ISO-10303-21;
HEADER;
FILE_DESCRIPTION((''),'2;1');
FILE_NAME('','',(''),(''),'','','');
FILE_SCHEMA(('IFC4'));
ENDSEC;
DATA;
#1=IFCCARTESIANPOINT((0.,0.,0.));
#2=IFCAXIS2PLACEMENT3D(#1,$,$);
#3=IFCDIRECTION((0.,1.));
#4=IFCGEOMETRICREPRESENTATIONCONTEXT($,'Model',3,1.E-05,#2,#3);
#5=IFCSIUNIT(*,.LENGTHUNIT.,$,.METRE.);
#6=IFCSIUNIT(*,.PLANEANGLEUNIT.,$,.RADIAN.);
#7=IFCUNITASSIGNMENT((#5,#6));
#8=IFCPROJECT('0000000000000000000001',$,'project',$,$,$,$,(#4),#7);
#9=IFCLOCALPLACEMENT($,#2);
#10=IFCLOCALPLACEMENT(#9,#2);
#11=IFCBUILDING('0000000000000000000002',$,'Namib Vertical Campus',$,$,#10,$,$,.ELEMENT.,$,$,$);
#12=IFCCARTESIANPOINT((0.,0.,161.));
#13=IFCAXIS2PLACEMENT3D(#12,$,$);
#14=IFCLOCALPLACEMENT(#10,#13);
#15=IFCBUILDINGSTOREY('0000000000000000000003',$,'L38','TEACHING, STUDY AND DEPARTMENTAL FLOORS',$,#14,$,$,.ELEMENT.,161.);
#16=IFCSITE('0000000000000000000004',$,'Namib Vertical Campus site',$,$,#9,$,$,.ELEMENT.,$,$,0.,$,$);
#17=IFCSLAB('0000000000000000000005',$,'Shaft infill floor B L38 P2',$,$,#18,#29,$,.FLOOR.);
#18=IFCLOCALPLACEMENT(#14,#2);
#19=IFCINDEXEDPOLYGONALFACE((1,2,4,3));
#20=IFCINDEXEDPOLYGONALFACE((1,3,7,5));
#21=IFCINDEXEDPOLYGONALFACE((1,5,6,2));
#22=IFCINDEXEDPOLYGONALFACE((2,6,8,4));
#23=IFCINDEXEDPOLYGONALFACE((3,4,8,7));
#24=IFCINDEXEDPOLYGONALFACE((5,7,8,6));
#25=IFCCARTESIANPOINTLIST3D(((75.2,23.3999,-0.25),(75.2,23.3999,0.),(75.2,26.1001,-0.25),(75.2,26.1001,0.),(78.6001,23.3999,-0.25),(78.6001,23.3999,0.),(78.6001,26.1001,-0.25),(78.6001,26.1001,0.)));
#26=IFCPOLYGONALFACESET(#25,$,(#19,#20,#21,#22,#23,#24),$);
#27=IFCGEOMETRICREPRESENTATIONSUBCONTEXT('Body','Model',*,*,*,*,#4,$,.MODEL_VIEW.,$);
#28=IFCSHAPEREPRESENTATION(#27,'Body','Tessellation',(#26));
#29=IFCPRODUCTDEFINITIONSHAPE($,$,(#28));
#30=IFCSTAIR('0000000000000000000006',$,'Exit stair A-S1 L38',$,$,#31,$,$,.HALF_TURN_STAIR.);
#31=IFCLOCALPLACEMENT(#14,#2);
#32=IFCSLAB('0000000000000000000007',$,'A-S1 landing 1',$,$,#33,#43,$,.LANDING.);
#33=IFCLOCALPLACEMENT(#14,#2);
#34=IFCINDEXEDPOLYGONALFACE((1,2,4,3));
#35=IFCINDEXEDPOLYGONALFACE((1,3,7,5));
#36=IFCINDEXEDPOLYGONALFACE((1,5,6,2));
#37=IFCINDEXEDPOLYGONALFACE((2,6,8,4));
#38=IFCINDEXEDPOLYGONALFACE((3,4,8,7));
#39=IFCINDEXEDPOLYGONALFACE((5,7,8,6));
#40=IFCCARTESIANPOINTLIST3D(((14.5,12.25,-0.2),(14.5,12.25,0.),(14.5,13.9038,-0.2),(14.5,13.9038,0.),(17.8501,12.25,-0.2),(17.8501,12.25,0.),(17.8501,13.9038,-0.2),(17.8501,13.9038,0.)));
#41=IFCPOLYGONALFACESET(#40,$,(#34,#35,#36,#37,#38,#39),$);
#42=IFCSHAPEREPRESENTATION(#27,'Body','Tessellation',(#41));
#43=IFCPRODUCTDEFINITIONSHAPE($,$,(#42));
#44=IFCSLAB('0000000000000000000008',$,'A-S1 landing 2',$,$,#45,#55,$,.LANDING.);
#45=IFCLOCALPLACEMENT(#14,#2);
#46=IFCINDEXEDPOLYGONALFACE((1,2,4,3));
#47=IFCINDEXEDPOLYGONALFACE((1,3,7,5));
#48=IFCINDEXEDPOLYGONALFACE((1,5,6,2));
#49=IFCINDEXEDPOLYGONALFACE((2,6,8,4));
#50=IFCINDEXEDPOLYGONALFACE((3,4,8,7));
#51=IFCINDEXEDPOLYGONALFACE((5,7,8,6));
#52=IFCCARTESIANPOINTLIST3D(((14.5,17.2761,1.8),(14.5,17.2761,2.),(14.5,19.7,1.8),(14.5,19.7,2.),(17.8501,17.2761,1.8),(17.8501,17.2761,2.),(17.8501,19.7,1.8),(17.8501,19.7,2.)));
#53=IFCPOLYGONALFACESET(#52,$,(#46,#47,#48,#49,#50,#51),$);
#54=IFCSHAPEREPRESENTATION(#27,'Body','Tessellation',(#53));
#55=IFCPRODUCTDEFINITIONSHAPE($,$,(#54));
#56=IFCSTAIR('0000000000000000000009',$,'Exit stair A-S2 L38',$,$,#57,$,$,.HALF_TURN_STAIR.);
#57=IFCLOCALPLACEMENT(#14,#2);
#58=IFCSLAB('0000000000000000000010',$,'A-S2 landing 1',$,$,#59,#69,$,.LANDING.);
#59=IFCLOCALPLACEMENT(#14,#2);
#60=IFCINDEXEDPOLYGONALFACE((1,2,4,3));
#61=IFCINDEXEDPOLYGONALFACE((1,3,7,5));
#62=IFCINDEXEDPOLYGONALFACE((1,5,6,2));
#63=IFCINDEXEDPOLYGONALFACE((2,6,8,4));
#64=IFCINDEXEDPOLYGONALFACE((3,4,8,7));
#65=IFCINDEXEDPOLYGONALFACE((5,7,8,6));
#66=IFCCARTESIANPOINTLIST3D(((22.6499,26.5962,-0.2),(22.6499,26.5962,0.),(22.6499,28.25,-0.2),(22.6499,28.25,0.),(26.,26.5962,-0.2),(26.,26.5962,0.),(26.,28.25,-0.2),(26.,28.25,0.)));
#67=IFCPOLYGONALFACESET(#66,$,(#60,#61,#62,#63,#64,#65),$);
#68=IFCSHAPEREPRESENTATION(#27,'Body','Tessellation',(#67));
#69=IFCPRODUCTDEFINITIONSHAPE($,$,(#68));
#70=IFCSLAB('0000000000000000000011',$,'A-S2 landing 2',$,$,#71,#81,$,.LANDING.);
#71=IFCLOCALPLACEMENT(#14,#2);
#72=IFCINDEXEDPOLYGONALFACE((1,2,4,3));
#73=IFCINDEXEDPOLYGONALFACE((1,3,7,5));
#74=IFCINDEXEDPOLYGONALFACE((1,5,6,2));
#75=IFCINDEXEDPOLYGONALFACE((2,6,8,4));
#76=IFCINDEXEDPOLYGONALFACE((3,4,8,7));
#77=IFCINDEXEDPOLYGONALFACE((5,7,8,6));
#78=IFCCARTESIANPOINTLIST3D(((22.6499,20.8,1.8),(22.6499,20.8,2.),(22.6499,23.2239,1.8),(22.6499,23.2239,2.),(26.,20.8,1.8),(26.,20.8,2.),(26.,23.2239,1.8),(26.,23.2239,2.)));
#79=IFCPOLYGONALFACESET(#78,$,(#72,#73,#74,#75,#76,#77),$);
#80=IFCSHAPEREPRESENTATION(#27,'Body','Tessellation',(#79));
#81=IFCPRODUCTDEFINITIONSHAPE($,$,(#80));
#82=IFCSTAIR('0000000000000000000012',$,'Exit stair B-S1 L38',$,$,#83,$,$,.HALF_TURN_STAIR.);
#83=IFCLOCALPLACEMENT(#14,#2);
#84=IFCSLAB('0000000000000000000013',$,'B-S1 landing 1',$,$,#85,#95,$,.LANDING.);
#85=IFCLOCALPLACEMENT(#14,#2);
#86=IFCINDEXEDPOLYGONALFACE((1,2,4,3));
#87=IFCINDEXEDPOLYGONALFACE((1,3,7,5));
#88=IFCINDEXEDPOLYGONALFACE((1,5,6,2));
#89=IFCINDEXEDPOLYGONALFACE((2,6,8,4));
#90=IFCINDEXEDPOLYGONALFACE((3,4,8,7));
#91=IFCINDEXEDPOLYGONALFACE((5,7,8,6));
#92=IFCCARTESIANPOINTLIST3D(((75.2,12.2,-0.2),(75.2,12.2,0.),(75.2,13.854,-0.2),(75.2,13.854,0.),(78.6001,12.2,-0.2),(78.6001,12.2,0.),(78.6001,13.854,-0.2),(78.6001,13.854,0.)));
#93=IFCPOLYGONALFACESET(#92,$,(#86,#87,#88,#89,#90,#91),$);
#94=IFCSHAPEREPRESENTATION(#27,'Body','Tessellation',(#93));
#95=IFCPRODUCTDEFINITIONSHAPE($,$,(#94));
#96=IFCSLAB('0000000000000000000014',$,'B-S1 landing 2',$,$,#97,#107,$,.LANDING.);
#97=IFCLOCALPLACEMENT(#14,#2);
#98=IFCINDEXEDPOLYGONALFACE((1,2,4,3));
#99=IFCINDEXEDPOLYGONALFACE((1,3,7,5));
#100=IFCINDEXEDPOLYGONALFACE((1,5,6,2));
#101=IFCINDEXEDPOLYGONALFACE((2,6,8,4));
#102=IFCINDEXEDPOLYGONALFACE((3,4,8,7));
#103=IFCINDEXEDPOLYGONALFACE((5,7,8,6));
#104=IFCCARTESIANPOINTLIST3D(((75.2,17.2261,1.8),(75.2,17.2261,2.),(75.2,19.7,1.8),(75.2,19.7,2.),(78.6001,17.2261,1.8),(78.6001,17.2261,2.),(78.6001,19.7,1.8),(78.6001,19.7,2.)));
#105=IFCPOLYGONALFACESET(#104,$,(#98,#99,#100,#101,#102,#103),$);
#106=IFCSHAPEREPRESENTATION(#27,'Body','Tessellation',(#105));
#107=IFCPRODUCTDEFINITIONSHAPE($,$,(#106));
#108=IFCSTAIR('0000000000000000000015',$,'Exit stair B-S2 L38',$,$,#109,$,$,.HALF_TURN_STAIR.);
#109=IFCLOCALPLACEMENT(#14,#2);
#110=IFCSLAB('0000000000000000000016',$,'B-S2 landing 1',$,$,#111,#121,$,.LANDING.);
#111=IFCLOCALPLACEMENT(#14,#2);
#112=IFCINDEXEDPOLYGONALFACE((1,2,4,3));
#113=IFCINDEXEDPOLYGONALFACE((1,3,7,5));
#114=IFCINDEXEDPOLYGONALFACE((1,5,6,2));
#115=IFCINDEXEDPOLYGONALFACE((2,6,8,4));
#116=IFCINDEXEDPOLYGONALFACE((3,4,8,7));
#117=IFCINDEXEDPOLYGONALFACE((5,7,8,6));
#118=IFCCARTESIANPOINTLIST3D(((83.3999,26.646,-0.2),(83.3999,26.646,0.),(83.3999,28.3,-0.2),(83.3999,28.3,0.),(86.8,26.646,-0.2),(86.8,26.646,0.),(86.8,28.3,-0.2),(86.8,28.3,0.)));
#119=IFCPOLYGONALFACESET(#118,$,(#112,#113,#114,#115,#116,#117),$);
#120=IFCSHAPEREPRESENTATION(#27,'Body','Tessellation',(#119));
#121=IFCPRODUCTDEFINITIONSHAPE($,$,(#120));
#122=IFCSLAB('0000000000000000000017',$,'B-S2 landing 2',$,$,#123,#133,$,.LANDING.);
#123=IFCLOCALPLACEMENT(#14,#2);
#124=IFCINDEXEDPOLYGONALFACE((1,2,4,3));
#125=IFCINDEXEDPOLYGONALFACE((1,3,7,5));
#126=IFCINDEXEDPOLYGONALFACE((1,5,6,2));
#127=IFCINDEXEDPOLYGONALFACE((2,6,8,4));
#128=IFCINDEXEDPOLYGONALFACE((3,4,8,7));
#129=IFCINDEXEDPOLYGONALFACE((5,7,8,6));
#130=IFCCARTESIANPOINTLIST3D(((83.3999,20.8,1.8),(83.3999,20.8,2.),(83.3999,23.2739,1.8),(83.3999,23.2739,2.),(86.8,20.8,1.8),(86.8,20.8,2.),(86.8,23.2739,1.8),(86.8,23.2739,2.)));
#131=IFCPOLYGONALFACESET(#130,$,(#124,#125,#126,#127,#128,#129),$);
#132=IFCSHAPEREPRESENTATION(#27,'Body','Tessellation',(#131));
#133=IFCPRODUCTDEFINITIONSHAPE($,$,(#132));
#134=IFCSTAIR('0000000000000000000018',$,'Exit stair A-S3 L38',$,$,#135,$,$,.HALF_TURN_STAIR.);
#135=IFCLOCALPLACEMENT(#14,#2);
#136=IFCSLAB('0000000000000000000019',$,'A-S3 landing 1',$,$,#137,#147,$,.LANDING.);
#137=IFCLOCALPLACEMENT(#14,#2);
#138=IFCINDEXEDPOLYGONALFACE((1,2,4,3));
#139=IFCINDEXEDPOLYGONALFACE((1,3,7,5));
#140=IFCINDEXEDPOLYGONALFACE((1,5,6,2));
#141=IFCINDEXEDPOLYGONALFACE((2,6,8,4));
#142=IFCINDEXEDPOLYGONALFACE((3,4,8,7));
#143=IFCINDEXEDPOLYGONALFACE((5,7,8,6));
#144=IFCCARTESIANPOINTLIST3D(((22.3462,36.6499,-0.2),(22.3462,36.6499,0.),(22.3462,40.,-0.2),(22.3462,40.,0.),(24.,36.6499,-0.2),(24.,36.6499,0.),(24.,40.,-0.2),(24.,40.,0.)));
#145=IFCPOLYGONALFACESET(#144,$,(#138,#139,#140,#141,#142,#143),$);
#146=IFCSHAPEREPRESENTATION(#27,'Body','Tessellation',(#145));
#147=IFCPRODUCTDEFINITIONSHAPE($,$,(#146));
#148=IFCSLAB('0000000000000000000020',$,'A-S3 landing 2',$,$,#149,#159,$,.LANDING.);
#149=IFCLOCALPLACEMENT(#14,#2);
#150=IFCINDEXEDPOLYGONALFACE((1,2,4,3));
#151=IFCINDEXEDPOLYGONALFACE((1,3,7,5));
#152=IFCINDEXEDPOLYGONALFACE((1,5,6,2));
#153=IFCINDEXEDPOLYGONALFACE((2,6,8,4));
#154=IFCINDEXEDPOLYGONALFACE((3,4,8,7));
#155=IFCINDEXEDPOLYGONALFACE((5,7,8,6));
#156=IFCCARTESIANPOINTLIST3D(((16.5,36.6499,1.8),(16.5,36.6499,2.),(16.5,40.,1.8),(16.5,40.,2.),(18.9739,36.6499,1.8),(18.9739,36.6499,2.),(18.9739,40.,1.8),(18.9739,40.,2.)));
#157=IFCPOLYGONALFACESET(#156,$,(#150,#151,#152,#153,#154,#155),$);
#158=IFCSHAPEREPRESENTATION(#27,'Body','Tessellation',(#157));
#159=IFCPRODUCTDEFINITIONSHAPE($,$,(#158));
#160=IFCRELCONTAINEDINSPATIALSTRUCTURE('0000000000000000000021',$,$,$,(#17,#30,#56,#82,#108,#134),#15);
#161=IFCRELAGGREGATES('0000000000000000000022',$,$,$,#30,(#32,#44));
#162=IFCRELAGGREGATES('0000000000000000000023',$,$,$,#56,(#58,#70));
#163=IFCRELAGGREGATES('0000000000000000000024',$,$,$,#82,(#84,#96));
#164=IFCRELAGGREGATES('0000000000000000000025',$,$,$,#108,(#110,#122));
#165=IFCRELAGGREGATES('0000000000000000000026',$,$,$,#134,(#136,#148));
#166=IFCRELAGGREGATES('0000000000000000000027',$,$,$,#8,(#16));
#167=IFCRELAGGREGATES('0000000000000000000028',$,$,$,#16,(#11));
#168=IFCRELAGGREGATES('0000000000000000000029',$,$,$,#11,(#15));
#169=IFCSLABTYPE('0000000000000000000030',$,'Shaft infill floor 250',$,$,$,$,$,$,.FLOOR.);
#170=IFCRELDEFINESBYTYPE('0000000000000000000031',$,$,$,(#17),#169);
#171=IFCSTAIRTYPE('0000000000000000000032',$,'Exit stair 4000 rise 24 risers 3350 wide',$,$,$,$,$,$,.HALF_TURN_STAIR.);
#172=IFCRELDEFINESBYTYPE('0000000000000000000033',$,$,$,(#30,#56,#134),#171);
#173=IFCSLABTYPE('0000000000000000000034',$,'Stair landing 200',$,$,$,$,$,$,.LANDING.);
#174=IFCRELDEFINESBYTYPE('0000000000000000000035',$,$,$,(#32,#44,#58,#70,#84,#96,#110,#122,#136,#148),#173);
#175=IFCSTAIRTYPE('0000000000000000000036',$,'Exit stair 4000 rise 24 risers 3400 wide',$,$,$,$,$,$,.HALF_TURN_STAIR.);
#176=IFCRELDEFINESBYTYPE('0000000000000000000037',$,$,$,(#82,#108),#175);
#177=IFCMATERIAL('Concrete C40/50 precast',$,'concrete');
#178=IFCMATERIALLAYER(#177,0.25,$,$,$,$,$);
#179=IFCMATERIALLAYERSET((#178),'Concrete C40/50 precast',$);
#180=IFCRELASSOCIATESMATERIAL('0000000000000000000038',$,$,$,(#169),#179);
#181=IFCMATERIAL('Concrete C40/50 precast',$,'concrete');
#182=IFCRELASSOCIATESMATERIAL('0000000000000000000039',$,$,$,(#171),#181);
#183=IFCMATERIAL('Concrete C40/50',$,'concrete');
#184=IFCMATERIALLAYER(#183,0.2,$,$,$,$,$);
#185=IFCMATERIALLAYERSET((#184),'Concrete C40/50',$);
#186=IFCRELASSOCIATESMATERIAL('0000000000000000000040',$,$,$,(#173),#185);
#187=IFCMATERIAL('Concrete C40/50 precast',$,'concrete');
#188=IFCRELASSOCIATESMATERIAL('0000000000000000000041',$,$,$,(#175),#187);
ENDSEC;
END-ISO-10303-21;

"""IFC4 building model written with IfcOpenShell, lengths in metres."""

from ifc_helpers import new_model, si_unit, direction, frame, origin, place, context, subcontext, project, spatial, polyline, outline, extrude, material, layer, layer_set, type_object, element, aggregate, save


model = new_model("IFC4")

# Units and contexts
model_context = context("Model", 3, precision=1e-05, world=origin(), true_north=direction((0.0, 1.0)))
body_context = subcontext(model_context, "Body", "Model", "MODEL_VIEW")
ifc_project = project(units=[si_unit("LENGTHUNIT", "METRE"), si_unit("PLANEANGLEUNIT", "RADIAN")], contexts=[model_context])

# Site, building, storey
site_placement = place(None, origin())
site = spatial("IfcSite", under=ifc_project, at=site_placement, Name="Namib Vertical Campus site", CompositionType="ELEMENT", RefElevation=0.0)
building_placement = place(site_placement, origin())
building = spatial("IfcBuilding", under=site, at=building_placement, Name="Namib Vertical Campus", CompositionType="ELEMENT")
storey_placement = place(building_placement, frame((0.0, 0.0, 161.0)))
storey = spatial("IfcBuildingStorey", under=building, at=storey_placement, Name="L38", Description="TEACHING, STUDY AND DEPARTMENTAL FLOORS", CompositionType="ELEMENT", Elevation=161.0)

# Slab
ifc_material_1 = material(Name="Concrete C40/50 precast", Category="concrete")
ifc_layer_1 = layer(ifc_material_1, 0.25)
ifc_layer_set_1 = layer_set([ifc_layer_1], Name="Concrete C40/50 precast")
slab_type_1 = type_object("IfcSlabType", Name="Shaft infill floor 250", PredefinedType="FLOOR", material=ifc_layer_set_1)
slab_1_placement = place(storey_placement, frame((0.0, 0.0, -0.25)))
element("IfcSlab", 1, at=slab_1_placement, inside=storey, type_object=slab_type_1, Name="Shaft infill floor B L38 P2", PredefinedType="FLOOR", context=body_context, shape_type="SweptSolid", body=[
    extrude(outline(polyline([(75.2, 23.3999), (78.6001, 23.3999), (78.6001, 26.1001), (75.2, 26.1001), (75.2, 23.3999)])), origin(), (0.0, 0.0, 1.0), 0.25),
])

# Stairs, slabs
ifc_material_2 = material(Name="Concrete C40/50 precast", Category="concrete")
stair_type_1 = type_object("IfcStairType", Name="Exit stair 4000 rise 24 risers 3350 wide", PredefinedType="HALF_TURN_STAIR", material=ifc_material_2)
stair_1_placement = place(storey_placement, origin())
stair_1 = element("IfcStair", 2, at=stair_1_placement, inside=storey, type_object=stair_type_1, Name="Exit stair A-S1 L38", PredefinedType="HALF_TURN_STAIR")
ifc_material_3 = material(Name="Concrete C40/50", Category="concrete")
ifc_layer_2 = layer(ifc_material_3, 0.2)
ifc_layer_set_2 = layer_set([ifc_layer_2], Name="Concrete C40/50")
slab_type_2 = type_object("IfcSlabType", Name="Stair landing 200", PredefinedType="LANDING", material=ifc_layer_set_2)
slab_2_placement = place(storey_placement, frame((0.0, 0.0, -0.2)))
slab_2 = element("IfcSlab", 3, at=slab_2_placement, type_object=slab_type_2, Name="A-S1 landing 1", PredefinedType="LANDING", context=body_context, shape_type="SweptSolid", body=[
    extrude(outline(polyline([(14.5, 12.25), (17.8501, 12.25), (17.8501, 13.9038), (14.5, 13.9038), (14.5, 12.25)])), origin(), (0.0, 0.0, 1.0), 0.2),
])
slab_3_placement = place(storey_placement, frame((0.0, 0.0, 1.8)))
slab_3 = element("IfcSlab", 4, at=slab_3_placement, type_object=slab_type_2, Name="A-S1 landing 2", PredefinedType="LANDING", context=body_context, shape_type="SweptSolid", body=[
    extrude(outline(polyline([(14.5, 17.2761), (17.8501, 17.2761), (17.8501, 19.7), (14.5, 19.7), (14.5, 17.2761)])), origin(), (0.0, 0.0, 1.0), 0.2),
])
aggregate(stair_1, [slab_2, slab_3])
stair_2_placement = place(storey_placement, origin())
stair_2 = element("IfcStair", 5, at=stair_2_placement, inside=storey, type_object=stair_type_1, Name="Exit stair A-S2 L38", PredefinedType="HALF_TURN_STAIR")
slab_4_placement = place(storey_placement, frame((0.0, 0.0, -0.2)))
slab_4 = element("IfcSlab", 6, at=slab_4_placement, type_object=slab_type_2, Name="A-S2 landing 1", PredefinedType="LANDING", context=body_context, shape_type="SweptSolid", body=[
    extrude(outline(polyline([(22.6499, 26.5962), (26.0, 26.5962), (26.0, 28.25), (22.6499, 28.25), (22.6499, 26.5962)])), origin(), (0.0, 0.0, 1.0), 0.2),
])
slab_5_placement = place(storey_placement, frame((0.0, 0.0, 1.8)))
slab_5 = element("IfcSlab", 7, at=slab_5_placement, type_object=slab_type_2, Name="A-S2 landing 2", PredefinedType="LANDING", context=body_context, shape_type="SweptSolid", body=[
    extrude(outline(polyline([(22.6499, 20.8), (26.0, 20.8), (26.0, 23.2239), (22.6499, 23.2239), (22.6499, 20.8)])), origin(), (0.0, 0.0, 1.0), 0.2),
])
aggregate(stair_2, [slab_4, slab_5])
ifc_material_4 = material(Name="Concrete C40/50 precast", Category="concrete")
stair_type_2 = type_object("IfcStairType", Name="Exit stair 4000 rise 24 risers 3400 wide", PredefinedType="HALF_TURN_STAIR", material=ifc_material_4)
stair_3_placement = place(storey_placement, origin())
stair_3 = element("IfcStair", 8, at=stair_3_placement, inside=storey, type_object=stair_type_2, Name="Exit stair B-S1 L38", PredefinedType="HALF_TURN_STAIR")
slab_6_placement = place(storey_placement, frame((0.0, 0.0, -0.2)))
slab_6 = element("IfcSlab", 9, at=slab_6_placement, type_object=slab_type_2, Name="B-S1 landing 1", PredefinedType="LANDING", context=body_context, shape_type="SweptSolid", body=[
    extrude(outline(polyline([(75.2, 12.2), (78.6001, 12.2), (78.6001, 13.854), (75.2, 13.854), (75.2, 12.2)])), origin(), (0.0, 0.0, 1.0), 0.2),
])
slab_7_placement = place(storey_placement, frame((0.0, 0.0, 1.8)))
slab_7 = element("IfcSlab", 10, at=slab_7_placement, type_object=slab_type_2, Name="B-S1 landing 2", PredefinedType="LANDING", context=body_context, shape_type="SweptSolid", body=[
    extrude(outline(polyline([(75.2, 17.2261), (78.6001, 17.2261), (78.6001, 19.7), (75.2, 19.7), (75.2, 17.2261)])), origin(), (0.0, 0.0, 1.0), 0.2),
])
aggregate(stair_3, [slab_6, slab_7])
stair_4_placement = place(storey_placement, origin())
stair_4 = element("IfcStair", 11, at=stair_4_placement, inside=storey, type_object=stair_type_2, Name="Exit stair B-S2 L38", PredefinedType="HALF_TURN_STAIR")
slab_8_placement = place(storey_placement, frame((0.0, 0.0, -0.2)))
slab_8 = element("IfcSlab", 12, at=slab_8_placement, type_object=slab_type_2, Name="B-S2 landing 1", PredefinedType="LANDING", context=body_context, shape_type="SweptSolid", body=[
    extrude(outline(polyline([(83.3999, 26.646), (86.8, 26.646), (86.8, 28.3), (83.3999, 28.3), (83.3999, 26.646)])), origin(), (0.0, 0.0, 1.0), 0.2),
])
slab_9_placement = place(storey_placement, frame((0.0, 0.0, 1.8)))
slab_9 = element("IfcSlab", 13, at=slab_9_placement, type_object=slab_type_2, Name="B-S2 landing 2", PredefinedType="LANDING", context=body_context, shape_type="SweptSolid", body=[
    extrude(outline(polyline([(83.3999, 20.8), (86.8, 20.8), (86.8, 23.2739), (83.3999, 23.2739), (83.3999, 20.8)])), origin(), (0.0, 0.0, 1.0), 0.2),
])
aggregate(stair_4, [slab_8, slab_9])
stair_5_placement = place(storey_placement, origin())
stair_5 = element("IfcStair", 14, at=stair_5_placement, inside=storey, type_object=stair_type_1, Name="Exit stair A-S3 L38", PredefinedType="HALF_TURN_STAIR")
slab_10_placement = place(storey_placement, frame((0.0, 0.0, -0.2)))
slab_10 = element("IfcSlab", 15, at=slab_10_placement, type_object=slab_type_2, Name="A-S3 landing 1", PredefinedType="LANDING", context=body_context, shape_type="SweptSolid", body=[
    extrude(outline(polyline([(22.3462, 36.6499), (22.3462, 40.0), (24.0, 40.0), (24.0, 36.6499), (22.3462, 36.6499)])), origin(), (0.0, 0.0, 1.0), 0.2),
])
slab_11_placement = place(storey_placement, frame((0.0, 0.0, 1.8)))
slab_11 = element("IfcSlab", 16, at=slab_11_placement, type_object=slab_type_2, Name="A-S3 landing 2", PredefinedType="LANDING", context=body_context, shape_type="SweptSolid", body=[
    extrude(outline(polyline([(16.5, 36.6499), (16.5, 40.0), (18.9739, 40.0), (18.9739, 36.6499), (16.5, 36.6499)])), origin(), (0.0, 0.0, 1.0), 0.2),
])
aggregate(stair_5, [slab_10, slab_11])

save(model, "model.ifc")
